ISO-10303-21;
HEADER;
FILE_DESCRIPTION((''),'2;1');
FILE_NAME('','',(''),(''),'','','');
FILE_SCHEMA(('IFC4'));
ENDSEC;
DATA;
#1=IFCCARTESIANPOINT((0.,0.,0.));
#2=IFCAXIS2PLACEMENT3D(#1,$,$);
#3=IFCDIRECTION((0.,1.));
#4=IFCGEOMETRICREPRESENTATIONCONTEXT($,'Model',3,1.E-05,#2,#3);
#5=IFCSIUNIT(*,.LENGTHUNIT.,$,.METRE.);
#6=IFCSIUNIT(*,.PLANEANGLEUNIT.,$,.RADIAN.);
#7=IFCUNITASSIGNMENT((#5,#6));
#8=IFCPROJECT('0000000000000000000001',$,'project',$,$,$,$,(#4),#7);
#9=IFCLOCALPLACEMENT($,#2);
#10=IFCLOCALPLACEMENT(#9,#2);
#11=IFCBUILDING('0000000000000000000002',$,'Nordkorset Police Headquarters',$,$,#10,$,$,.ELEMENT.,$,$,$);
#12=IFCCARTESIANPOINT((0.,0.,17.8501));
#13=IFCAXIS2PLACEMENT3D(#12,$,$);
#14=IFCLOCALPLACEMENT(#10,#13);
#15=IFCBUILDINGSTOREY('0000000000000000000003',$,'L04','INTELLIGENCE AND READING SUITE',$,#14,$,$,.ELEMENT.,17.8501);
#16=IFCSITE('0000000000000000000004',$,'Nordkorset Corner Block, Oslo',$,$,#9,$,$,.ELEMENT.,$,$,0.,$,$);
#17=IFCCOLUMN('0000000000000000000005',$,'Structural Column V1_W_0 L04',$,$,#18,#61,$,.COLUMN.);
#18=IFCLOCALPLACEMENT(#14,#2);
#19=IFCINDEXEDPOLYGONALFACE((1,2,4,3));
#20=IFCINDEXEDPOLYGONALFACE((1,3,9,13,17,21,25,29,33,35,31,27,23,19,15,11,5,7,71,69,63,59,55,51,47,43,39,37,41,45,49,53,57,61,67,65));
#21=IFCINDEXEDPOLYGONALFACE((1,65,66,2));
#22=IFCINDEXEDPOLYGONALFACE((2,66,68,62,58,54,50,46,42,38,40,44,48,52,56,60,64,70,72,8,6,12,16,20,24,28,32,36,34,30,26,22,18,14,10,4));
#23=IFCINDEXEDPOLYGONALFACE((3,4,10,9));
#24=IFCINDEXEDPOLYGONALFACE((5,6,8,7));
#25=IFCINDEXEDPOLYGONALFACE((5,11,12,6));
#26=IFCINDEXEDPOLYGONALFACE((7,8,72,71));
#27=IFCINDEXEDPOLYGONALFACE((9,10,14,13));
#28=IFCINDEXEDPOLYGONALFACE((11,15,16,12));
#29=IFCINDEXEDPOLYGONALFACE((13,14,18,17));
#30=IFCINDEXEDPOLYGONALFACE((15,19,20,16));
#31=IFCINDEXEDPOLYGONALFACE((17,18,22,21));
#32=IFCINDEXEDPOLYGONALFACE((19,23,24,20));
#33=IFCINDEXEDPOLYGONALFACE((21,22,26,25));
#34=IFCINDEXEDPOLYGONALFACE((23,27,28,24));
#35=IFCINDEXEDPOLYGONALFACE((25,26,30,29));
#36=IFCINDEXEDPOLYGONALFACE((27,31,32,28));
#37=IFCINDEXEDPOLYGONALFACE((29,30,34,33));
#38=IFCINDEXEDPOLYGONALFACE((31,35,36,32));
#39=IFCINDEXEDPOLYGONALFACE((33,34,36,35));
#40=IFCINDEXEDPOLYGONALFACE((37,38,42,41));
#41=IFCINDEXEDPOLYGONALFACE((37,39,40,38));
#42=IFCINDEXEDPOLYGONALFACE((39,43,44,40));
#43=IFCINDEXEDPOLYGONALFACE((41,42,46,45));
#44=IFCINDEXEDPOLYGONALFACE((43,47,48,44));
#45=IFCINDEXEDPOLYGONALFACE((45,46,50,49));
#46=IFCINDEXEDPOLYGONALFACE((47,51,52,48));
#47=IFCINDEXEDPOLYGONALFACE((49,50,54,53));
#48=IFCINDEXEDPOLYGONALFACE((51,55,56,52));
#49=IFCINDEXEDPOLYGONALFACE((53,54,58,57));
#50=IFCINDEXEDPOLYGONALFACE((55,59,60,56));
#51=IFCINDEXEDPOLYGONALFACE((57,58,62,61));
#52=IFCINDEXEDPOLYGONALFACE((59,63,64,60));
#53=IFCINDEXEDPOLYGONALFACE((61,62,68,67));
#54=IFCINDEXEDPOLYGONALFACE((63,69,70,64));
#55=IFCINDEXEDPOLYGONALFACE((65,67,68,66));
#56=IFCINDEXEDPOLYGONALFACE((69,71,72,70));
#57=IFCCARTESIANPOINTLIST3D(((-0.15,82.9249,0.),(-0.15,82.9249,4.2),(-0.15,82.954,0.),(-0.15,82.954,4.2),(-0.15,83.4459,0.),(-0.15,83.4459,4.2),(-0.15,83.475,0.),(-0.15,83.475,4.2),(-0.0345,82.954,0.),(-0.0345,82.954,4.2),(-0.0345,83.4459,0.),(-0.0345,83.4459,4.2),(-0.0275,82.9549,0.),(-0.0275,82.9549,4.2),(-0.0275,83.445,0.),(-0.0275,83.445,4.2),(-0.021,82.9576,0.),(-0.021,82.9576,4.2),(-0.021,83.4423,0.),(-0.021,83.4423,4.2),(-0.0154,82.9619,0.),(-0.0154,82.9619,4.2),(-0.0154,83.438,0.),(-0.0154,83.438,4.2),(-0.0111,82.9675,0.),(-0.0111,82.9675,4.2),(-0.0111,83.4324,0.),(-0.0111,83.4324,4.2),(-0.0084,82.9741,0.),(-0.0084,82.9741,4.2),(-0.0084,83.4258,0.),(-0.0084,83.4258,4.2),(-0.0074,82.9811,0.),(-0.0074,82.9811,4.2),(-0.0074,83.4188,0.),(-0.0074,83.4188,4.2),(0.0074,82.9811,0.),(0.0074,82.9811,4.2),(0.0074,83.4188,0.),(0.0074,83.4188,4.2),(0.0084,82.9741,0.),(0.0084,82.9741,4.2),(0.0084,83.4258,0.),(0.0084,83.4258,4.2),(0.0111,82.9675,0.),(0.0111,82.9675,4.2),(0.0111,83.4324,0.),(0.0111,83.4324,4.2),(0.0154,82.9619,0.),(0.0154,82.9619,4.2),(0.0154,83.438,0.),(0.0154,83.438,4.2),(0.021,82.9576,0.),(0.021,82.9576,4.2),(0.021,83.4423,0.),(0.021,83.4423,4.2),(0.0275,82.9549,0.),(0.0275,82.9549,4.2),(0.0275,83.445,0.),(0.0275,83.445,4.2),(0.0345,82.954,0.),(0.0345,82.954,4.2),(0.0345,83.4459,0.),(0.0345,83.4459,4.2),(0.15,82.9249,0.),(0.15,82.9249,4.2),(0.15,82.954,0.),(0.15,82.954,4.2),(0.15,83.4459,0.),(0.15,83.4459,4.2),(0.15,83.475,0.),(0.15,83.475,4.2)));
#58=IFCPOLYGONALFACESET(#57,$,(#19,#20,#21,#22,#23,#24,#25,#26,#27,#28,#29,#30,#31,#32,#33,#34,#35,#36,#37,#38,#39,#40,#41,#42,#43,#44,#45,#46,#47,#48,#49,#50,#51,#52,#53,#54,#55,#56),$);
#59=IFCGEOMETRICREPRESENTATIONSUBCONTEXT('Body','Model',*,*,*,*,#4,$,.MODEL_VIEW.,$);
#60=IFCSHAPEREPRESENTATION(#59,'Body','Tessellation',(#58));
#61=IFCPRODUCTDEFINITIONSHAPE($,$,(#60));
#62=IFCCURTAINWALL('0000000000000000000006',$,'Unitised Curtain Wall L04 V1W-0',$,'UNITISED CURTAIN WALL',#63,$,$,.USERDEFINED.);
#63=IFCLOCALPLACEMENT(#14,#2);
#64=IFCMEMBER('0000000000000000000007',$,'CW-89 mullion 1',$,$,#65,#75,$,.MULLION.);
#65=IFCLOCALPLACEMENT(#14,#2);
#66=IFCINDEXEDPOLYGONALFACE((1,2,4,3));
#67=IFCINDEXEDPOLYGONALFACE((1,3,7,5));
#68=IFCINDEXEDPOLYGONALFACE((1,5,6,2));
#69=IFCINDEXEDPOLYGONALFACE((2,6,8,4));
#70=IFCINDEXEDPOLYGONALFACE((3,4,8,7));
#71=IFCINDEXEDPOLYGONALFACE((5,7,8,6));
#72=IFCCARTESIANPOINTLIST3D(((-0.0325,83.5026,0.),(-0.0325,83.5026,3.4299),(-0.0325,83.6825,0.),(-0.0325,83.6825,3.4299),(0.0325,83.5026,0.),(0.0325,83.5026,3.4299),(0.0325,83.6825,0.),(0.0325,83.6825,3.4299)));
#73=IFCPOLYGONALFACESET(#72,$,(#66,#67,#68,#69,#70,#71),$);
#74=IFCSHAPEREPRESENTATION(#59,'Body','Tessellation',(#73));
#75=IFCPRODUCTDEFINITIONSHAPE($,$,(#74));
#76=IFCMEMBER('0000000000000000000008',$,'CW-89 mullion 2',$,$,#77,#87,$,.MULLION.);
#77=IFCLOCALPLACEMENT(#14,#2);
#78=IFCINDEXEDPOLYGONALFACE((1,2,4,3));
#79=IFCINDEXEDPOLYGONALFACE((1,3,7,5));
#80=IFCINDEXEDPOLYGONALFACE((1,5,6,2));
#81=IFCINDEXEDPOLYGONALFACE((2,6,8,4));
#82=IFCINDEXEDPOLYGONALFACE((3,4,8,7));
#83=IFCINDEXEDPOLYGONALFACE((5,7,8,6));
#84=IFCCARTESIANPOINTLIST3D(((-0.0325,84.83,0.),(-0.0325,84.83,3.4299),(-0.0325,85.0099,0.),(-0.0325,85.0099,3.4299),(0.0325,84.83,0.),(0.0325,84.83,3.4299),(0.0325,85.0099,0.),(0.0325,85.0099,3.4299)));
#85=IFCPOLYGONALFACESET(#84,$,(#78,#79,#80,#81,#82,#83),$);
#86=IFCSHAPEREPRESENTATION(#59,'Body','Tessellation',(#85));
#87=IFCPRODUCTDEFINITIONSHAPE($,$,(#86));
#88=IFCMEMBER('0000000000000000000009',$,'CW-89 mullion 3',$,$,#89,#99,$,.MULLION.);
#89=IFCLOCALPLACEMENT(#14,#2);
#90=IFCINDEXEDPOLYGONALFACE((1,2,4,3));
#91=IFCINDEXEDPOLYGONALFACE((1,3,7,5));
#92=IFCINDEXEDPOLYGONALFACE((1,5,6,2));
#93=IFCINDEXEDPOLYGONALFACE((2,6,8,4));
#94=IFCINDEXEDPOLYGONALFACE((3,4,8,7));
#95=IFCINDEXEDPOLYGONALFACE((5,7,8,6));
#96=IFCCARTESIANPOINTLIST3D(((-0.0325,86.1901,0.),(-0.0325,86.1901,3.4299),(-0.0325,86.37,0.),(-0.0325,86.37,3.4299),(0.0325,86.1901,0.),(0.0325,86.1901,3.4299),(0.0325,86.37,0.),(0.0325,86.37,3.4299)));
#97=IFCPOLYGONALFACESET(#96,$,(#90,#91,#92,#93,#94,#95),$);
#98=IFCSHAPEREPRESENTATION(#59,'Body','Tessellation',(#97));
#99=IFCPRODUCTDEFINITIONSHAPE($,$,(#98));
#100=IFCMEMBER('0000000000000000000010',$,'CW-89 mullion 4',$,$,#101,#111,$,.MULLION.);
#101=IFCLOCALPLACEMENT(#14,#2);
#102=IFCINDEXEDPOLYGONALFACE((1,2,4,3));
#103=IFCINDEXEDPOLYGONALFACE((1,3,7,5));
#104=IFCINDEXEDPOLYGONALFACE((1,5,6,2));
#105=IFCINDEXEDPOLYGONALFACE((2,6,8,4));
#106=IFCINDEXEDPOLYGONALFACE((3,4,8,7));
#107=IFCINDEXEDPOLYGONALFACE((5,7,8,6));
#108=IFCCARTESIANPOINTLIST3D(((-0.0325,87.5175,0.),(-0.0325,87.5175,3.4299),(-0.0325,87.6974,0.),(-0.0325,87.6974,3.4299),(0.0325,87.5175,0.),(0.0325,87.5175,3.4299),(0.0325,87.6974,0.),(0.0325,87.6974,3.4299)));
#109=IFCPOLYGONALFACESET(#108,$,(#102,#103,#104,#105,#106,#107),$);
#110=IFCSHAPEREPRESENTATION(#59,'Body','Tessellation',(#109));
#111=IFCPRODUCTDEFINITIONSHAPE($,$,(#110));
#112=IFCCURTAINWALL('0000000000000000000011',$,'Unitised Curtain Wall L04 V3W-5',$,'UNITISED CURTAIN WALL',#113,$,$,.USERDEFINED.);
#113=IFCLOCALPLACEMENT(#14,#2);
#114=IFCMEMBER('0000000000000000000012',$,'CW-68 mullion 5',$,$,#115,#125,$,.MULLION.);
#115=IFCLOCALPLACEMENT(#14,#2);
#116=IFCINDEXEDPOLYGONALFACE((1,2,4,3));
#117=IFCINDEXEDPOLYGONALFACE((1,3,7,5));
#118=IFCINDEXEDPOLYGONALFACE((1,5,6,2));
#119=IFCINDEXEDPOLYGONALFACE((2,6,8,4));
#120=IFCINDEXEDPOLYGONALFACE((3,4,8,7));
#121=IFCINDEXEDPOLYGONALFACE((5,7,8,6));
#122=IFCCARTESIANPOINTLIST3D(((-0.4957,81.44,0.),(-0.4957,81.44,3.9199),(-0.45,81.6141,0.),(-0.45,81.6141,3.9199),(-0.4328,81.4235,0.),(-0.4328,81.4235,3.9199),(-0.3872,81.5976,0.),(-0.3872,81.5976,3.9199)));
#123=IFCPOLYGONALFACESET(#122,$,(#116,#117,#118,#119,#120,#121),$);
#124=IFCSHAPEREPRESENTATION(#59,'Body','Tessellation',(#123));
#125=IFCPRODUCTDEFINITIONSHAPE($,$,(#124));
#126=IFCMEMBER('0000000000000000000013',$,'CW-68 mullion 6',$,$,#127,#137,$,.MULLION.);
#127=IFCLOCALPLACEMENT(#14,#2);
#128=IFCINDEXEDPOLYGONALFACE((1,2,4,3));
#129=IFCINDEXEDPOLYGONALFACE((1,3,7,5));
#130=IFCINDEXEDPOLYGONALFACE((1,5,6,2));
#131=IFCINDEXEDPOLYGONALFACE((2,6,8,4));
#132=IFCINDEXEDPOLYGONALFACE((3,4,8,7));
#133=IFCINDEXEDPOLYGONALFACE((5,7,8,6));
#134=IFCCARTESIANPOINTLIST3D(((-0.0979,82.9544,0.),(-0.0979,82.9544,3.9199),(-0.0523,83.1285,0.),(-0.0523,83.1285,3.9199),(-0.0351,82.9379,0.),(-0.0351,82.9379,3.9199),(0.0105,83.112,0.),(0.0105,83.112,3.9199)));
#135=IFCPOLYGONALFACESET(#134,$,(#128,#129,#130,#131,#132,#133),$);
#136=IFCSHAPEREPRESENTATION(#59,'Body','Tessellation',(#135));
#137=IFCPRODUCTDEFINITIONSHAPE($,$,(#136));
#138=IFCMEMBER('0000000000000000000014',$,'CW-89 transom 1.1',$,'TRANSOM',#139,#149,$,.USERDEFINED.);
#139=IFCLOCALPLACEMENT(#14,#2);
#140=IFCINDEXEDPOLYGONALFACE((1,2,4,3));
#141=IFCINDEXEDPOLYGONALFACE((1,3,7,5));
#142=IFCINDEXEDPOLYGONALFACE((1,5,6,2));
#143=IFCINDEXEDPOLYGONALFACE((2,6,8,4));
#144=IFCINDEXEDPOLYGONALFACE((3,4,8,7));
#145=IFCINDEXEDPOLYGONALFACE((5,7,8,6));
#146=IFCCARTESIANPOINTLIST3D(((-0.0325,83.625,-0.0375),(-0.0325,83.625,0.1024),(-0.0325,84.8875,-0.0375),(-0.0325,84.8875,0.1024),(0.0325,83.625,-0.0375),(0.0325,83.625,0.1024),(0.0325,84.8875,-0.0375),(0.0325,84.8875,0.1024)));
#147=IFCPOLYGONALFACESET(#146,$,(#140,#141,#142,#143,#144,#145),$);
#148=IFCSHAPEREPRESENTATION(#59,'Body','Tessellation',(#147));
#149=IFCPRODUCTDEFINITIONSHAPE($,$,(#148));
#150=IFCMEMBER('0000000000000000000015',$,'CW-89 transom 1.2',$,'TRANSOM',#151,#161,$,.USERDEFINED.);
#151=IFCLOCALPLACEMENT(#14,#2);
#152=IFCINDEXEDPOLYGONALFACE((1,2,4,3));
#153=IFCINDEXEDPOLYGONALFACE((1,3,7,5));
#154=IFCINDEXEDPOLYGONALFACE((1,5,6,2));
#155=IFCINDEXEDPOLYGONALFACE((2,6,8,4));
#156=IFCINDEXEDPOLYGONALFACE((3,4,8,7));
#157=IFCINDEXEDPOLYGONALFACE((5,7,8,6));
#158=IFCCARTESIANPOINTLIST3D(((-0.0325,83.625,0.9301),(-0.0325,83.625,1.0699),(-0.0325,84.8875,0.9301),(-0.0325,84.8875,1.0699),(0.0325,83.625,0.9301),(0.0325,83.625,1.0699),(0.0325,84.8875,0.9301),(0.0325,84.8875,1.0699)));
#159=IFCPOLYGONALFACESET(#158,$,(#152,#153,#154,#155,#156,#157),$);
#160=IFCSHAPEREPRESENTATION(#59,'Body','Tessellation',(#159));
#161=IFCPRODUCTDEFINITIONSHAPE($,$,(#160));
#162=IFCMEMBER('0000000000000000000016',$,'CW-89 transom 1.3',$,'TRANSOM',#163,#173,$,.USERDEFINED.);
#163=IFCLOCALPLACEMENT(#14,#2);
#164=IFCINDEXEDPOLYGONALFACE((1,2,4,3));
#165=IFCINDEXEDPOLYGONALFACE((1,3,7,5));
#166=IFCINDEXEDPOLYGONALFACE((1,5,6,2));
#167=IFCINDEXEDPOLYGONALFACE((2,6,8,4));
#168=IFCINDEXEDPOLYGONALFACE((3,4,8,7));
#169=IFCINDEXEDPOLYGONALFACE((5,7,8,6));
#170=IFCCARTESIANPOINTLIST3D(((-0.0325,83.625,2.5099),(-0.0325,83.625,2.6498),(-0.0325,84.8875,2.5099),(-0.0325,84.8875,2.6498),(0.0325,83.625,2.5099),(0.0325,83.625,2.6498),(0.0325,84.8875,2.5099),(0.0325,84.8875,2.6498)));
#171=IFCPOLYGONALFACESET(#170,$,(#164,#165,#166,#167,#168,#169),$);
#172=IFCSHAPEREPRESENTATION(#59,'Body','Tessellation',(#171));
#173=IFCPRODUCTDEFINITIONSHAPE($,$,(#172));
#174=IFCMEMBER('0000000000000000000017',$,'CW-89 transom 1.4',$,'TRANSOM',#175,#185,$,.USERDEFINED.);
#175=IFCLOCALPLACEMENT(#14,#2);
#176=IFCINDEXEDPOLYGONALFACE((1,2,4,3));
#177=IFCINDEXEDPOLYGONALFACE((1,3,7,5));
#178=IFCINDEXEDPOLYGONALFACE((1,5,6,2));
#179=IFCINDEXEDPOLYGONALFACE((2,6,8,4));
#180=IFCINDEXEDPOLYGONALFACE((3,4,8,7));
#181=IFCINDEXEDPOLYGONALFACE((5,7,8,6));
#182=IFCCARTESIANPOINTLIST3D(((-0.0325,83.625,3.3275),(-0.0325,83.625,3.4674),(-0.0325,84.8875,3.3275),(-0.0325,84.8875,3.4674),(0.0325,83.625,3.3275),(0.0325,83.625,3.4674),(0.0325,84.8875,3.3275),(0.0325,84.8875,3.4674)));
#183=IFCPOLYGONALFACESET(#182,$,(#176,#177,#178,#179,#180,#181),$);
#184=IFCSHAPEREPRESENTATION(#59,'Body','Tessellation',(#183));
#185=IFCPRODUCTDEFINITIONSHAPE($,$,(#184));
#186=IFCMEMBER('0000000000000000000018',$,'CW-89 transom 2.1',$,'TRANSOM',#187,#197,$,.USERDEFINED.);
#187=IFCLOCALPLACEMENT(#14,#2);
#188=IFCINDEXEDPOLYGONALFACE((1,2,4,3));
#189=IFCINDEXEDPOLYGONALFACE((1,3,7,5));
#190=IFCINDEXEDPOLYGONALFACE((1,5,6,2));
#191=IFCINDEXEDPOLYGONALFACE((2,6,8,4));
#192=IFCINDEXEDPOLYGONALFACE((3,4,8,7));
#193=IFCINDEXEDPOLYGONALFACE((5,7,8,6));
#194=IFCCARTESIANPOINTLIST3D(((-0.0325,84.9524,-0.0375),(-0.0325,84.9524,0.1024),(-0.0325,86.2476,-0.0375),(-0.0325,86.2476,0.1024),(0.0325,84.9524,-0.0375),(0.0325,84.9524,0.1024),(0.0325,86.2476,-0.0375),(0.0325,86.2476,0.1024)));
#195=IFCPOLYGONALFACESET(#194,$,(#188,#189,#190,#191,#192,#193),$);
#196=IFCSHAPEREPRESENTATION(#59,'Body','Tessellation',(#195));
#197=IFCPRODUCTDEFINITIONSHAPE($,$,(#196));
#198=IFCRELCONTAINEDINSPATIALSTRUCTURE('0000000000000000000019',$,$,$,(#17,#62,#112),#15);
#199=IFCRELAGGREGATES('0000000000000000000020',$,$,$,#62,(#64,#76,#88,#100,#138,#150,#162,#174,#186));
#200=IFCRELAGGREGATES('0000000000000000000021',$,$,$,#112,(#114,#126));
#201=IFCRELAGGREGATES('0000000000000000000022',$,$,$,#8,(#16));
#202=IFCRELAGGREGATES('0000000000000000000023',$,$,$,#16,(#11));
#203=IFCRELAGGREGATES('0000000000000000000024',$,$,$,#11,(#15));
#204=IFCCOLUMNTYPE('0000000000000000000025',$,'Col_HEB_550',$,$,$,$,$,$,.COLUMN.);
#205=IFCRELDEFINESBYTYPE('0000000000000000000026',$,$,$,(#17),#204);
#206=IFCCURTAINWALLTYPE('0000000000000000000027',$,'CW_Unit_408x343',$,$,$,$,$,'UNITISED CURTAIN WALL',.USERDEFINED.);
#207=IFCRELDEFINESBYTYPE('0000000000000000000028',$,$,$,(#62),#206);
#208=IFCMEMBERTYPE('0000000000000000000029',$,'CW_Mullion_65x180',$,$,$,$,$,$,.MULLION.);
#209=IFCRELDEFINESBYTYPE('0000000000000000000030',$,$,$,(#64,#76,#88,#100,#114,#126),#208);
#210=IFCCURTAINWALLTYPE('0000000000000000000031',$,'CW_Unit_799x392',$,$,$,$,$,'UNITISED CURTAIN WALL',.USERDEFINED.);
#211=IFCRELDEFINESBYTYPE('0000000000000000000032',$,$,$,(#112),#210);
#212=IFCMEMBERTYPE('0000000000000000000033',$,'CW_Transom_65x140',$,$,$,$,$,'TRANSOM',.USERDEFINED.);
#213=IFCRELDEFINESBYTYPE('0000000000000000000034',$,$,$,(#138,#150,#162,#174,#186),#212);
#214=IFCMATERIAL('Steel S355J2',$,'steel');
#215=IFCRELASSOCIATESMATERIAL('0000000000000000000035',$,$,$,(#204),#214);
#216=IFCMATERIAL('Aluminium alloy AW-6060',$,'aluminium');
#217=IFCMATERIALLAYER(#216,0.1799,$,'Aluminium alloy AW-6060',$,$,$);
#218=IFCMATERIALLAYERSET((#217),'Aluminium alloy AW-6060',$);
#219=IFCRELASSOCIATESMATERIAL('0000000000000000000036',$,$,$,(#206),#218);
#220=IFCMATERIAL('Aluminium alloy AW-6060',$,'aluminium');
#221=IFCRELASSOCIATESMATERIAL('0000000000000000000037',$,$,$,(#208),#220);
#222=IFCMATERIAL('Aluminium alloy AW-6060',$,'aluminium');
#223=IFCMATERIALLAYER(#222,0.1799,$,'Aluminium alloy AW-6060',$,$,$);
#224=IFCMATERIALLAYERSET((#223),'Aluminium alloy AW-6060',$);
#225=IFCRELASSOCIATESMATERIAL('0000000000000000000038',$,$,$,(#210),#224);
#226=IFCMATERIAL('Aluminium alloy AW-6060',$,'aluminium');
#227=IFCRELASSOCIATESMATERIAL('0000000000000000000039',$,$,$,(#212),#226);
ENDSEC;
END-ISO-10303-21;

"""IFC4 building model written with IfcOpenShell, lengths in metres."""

from ifc_helpers import new_model, si_unit, direction, frame, origin, origin_2d, place, context, subcontext, project, spatial, rectangle, i_section, extrude, material, layer, layer_set, material_profile, profile_set, type_object, element, aggregate, save


model = new_model("IFC4")

# Units and contexts
model_context = context("Model", 3, precision=1e-05, world=origin(), true_north=direction((0.0, 1.0)))
body_context = subcontext(model_context, "Body", "Model", "MODEL_VIEW")
ifc_project = project(units=[si_unit("LENGTHUNIT", "METRE"), si_unit("PLANEANGLEUNIT", "RADIAN")], contexts=[model_context])

# Site, building, storey
site_placement = place(None, origin())
site = spatial("IfcSite", under=ifc_project, at=site_placement, Name="Nordkorset Corner Block, Oslo", CompositionType="ELEMENT", RefElevation=0.0)
building_placement = place(site_placement, origin())
building = spatial("IfcBuilding", under=site, at=building_placement, Name="Nordkorset Police Headquarters", CompositionType="ELEMENT")
storey_placement = place(building_placement, frame((0.0, 0.0, 17.8501)))
storey = spatial("IfcBuildingStorey", under=building, at=storey_placement, Name="L04", Description="INTELLIGENCE AND READING SUITE", CompositionType="ELEMENT", Elevation=17.8501)

# Column
ifc_material_1 = material(Name="Steel S355J2", Category="steel")
ifc_material_profile_1 = material_profile(ifc_material_1, i_section(OverallWidth=0.3, OverallDepth=0.55, WebThickness=0.0149, FlangeThickness=0.0291, FilletRadius=0.0271, at=origin_2d()), Name="HEB 550")
ifc_profile_set_1 = profile_set([ifc_material_profile_1], Name="Steel S355J2")
column_type = type_object("IfcColumnType", Name="Col_HEB_550", PredefinedType="COLUMN", material=ifc_profile_set_1)
column_placement = place(storey_placement, frame((0.0, 83.2, 0.0), z_axis=(0.0, 0.0, 1.0), x_axis=(1.0, 0.0, 0.0)))
element("IfcColumn", 1, at=column_placement, inside=storey, type_object=column_type, Name="Structural Column V1_W_0 L04", PredefinedType="COLUMN", context=body_context, shape_type="SweptSolid", body=[
    extrude(i_section(OverallWidth=0.3, OverallDepth=0.55, WebThickness=0.0149, FlangeThickness=0.0291, FilletRadius=0.0271, at=origin_2d()), origin(), (0.0, 0.0, 1.0), 4.2),
])

# Curtain walls, members
ifc_material_2 = material(Name="Aluminium alloy AW-6060", Category="aluminium")
ifc_layer_1 = layer(ifc_material_2, 0.1799, Name="Aluminium alloy AW-6060")
ifc_layer_set_1 = layer_set([ifc_layer_1], Name="Aluminium alloy AW-6060")
curtain_wall_type_1 = type_object("IfcCurtainWallType", Name="CW_Unit_408x343", ElementType="UNITISED CURTAIN WALL", PredefinedType="USERDEFINED", material=ifc_layer_set_1)
curtain_wall_1_placement = place(storey_placement, origin())
curtain_wall_1 = element("IfcCurtainWall", 2, at=curtain_wall_1_placement, inside=storey, type_object=curtain_wall_type_1, Name="Unitised Curtain Wall L04 V1W-0", ObjectType="UNITISED CURTAIN WALL", PredefinedType="USERDEFINED")
ifc_material_3 = material(Name="Aluminium alloy AW-6060", Category="aluminium")
ifc_material_profile_2 = material_profile(ifc_material_3, rectangle(XDim=0.0649, YDim=0.1799, at=origin_2d()), Name="ALU MULL 65x180")
ifc_profile_set_2 = profile_set([ifc_material_profile_2], Name="Aluminium alloy AW-6060")
member_type_1 = type_object("IfcMemberType", Name="CW_Mullion_65x180", PredefinedType="MULLION", material=ifc_profile_set_2)
member_1_placement = place(storey_placement, frame((0.0, 83.5925, 0.0), z_axis=(0.0, 0.0, 1.0), x_axis=(-1.0, 0.0, 0.0)))
member_1 = element("IfcMember", 3, at=member_1_placement, type_object=member_type_1, Name="CW-89 mullion 1", PredefinedType="MULLION", context=body_context, shape_type="SweptSolid", body=[
    extrude(rectangle(XDim=0.0649, YDim=0.1799, at=origin_2d()), origin(), (0.0, 0.0, 1.0), 3.4299),
])
member_2_placement = place(storey_placement, frame((0.0, 84.9199, 0.0), z_axis=(0.0, 0.0, 1.0), x_axis=(-1.0, 0.0, 0.0)))
member_2 = element("IfcMember", 4, at=member_2_placement, type_object=member_type_1, Name="CW-89 mullion 2", PredefinedType="MULLION", context=body_context, shape_type="SweptSolid", body=[
    extrude(rectangle(XDim=0.0649, YDim=0.1799, at=origin_2d()), origin(), (0.0, 0.0, 1.0), 3.4299),
])
member_3_placement = place(storey_placement, frame((0.0, 86.28, 0.0), z_axis=(0.0, 0.0, 1.0), x_axis=(-1.0, 0.0, 0.0)))
member_3 = element("IfcMember", 5, at=member_3_placement, type_object=member_type_1, Name="CW-89 mullion 3", PredefinedType="MULLION", context=body_context, shape_type="SweptSolid", body=[
    extrude(rectangle(XDim=0.0649, YDim=0.1799, at=origin_2d()), origin(), (0.0, 0.0, 1.0), 3.4299),
])
member_4_placement = place(storey_placement, frame((0.0, 87.6074, 0.0), z_axis=(0.0, 0.0, 1.0), x_axis=(-1.0, 0.0, 0.0)))
member_4 = element("IfcMember", 6, at=member_4_placement, type_object=member_type_1, Name="CW-89 mullion 4", PredefinedType="MULLION", context=body_context, shape_type="SweptSolid", body=[
    extrude(rectangle(XDim=0.0649, YDim=0.1799, at=origin_2d()), origin(), (0.0, 0.0, 1.0), 3.4299),
])
ifc_material_4 = material(Name="Aluminium alloy AW-6060", Category="aluminium")
ifc_layer_2 = layer(ifc_material_4, 0.1799, Name="Aluminium alloy AW-6060")
ifc_layer_set_2 = layer_set([ifc_layer_2], Name="Aluminium alloy AW-6060")
curtain_wall_type_2 = type_object("IfcCurtainWallType", Name="CW_Unit_799x392", ElementType="UNITISED CURTAIN WALL", PredefinedType="USERDEFINED", material=ifc_layer_set_2)
curtain_wall_2_placement = place(storey_placement, origin())
curtain_wall_2 = element("IfcCurtainWall", 7, at=curtain_wall_2_placement, inside=storey, type_object=curtain_wall_type_2, Name="Unitised Curtain Wall L04 V3W-5", ObjectType="UNITISED CURTAIN WALL", PredefinedType="USERDEFINED")
member_5_placement = place(storey_placement, frame((-0.4414, 81.5188, 0.0), z_axis=(0.0, 0.0, 1.0), x_axis=(-0.967231, 0.253897, 0.0)))
member_5 = element("IfcMember", 8, at=member_5_placement, type_object=member_type_1, Name="CW-68 mullion 5", PredefinedType="MULLION", context=body_context, shape_type="SweptSolid", body=[
    extrude(rectangle(XDim=0.0649, YDim=0.1799, at=origin_2d()), origin(), (0.0, 0.0, 1.0), 3.9199),
])
member_6_placement = place(storey_placement, frame((-0.0437, 83.0332, 0.0), z_axis=(0.0, 0.0, 1.0), x_axis=(-0.967231, 0.253897, 0.0)))
member_6 = element("IfcMember", 9, at=member_6_placement, type_object=member_type_1, Name="CW-68 mullion 6", PredefinedType="MULLION", context=body_context, shape_type="SweptSolid", body=[
    extrude(rectangle(XDim=0.0649, YDim=0.1799, at=origin_2d()), origin(), (0.0, 0.0, 1.0), 3.9199),
])

# Members
ifc_material_5 = material(Name="Aluminium alloy AW-6060", Category="aluminium")
ifc_material_profile_3 = material_profile(ifc_material_5, rectangle(XDim=0.0649, YDim=0.1399, at=origin_2d()), Name="ALU TRAN 65x140")
ifc_profile_set_3 = profile_set([ifc_material_profile_3], Name="Aluminium alloy AW-6060")
member_type_2 = type_object("IfcMemberType", Name="CW_Transom_65x140", ElementType="TRANSOM", PredefinedType="USERDEFINED", material=ifc_profile_set_3)
member_7_placement = place(storey_placement, frame((0.0, 83.625, 0.0325), z_axis=(0.0, 1.0, 0.0), x_axis=(-1.0, 0.0, 0.0)))
member_7 = element("IfcMember", 10, at=member_7_placement, type_object=member_type_2, Name="CW-89 transom 1.1", ObjectType="TRANSOM", PredefinedType="USERDEFINED", context=body_context, shape_type="SweptSolid", body=[
    extrude(rectangle(XDim=0.0649, YDim=0.1399, at=origin_2d()), origin(), (0.0, 0.0, 1.0), 1.2625),
])
member_8_placement = place(storey_placement, frame((0.0, 83.625, 1.0), z_axis=(0.0, 1.0, 0.0), x_axis=(-1.0, 0.0, 0.0)))
member_8 = element("IfcMember", 11, at=member_8_placement, type_object=member_type_2, Name="CW-89 transom 1.2", ObjectType="TRANSOM", PredefinedType="USERDEFINED", context=body_context, shape_type="SweptSolid", body=[
    extrude(rectangle(XDim=0.0649, YDim=0.1399, at=origin_2d()), origin(), (0.0, 0.0, 1.0), 1.2625),
])
member_9_placement = place(storey_placement, frame((0.0, 83.625, 2.5798), z_axis=(0.0, 1.0, 0.0), x_axis=(-1.0, 0.0, 0.0)))
member_9 = element("IfcMember", 12, at=member_9_placement, type_object=member_type_2, Name="CW-89 transom 1.3", ObjectType="TRANSOM", PredefinedType="USERDEFINED", context=body_context, shape_type="SweptSolid", body=[
    extrude(rectangle(XDim=0.0649, YDim=0.1399, at=origin_2d()), origin(), (0.0, 0.0, 1.0), 1.2625),
])
member_10_placement = place(storey_placement, frame((0.0, 83.625, 3.3975), z_axis=(0.0, 1.0, 0.0), x_axis=(-1.0, 0.0, 0.0)))
member_10 = element("IfcMember", 13, at=member_10_placement, type_object=member_type_2, Name="CW-89 transom 1.4", ObjectType="TRANSOM", PredefinedType="USERDEFINED", context=body_context, shape_type="SweptSolid", body=[
    extrude(rectangle(XDim=0.0649, YDim=0.1399, at=origin_2d()), origin(), (0.0, 0.0, 1.0), 1.2625),
])
member_11_placement = place(storey_placement, frame((0.0, 84.9524, 0.0325), z_axis=(0.0, 1.0, 0.0), x_axis=(-1.0, 0.0, 0.0)))
member_11 = element("IfcMember", 14, at=member_11_placement, type_object=member_type_2, Name="CW-89 transom 2.1", ObjectType="TRANSOM", PredefinedType="USERDEFINED", context=body_context, shape_type="SweptSolid", body=[
    extrude(rectangle(XDim=0.0649, YDim=0.1399, at=origin_2d()), origin(), (0.0, 0.0, 1.0), 1.2952),
])

aggregate(curtain_wall_1, [member_1, member_2, member_3, member_4, member_7, member_8, member_9, member_10, member_11])
aggregate(curtain_wall_2, [member_5, member_6])

save(model, "model.ifc")
